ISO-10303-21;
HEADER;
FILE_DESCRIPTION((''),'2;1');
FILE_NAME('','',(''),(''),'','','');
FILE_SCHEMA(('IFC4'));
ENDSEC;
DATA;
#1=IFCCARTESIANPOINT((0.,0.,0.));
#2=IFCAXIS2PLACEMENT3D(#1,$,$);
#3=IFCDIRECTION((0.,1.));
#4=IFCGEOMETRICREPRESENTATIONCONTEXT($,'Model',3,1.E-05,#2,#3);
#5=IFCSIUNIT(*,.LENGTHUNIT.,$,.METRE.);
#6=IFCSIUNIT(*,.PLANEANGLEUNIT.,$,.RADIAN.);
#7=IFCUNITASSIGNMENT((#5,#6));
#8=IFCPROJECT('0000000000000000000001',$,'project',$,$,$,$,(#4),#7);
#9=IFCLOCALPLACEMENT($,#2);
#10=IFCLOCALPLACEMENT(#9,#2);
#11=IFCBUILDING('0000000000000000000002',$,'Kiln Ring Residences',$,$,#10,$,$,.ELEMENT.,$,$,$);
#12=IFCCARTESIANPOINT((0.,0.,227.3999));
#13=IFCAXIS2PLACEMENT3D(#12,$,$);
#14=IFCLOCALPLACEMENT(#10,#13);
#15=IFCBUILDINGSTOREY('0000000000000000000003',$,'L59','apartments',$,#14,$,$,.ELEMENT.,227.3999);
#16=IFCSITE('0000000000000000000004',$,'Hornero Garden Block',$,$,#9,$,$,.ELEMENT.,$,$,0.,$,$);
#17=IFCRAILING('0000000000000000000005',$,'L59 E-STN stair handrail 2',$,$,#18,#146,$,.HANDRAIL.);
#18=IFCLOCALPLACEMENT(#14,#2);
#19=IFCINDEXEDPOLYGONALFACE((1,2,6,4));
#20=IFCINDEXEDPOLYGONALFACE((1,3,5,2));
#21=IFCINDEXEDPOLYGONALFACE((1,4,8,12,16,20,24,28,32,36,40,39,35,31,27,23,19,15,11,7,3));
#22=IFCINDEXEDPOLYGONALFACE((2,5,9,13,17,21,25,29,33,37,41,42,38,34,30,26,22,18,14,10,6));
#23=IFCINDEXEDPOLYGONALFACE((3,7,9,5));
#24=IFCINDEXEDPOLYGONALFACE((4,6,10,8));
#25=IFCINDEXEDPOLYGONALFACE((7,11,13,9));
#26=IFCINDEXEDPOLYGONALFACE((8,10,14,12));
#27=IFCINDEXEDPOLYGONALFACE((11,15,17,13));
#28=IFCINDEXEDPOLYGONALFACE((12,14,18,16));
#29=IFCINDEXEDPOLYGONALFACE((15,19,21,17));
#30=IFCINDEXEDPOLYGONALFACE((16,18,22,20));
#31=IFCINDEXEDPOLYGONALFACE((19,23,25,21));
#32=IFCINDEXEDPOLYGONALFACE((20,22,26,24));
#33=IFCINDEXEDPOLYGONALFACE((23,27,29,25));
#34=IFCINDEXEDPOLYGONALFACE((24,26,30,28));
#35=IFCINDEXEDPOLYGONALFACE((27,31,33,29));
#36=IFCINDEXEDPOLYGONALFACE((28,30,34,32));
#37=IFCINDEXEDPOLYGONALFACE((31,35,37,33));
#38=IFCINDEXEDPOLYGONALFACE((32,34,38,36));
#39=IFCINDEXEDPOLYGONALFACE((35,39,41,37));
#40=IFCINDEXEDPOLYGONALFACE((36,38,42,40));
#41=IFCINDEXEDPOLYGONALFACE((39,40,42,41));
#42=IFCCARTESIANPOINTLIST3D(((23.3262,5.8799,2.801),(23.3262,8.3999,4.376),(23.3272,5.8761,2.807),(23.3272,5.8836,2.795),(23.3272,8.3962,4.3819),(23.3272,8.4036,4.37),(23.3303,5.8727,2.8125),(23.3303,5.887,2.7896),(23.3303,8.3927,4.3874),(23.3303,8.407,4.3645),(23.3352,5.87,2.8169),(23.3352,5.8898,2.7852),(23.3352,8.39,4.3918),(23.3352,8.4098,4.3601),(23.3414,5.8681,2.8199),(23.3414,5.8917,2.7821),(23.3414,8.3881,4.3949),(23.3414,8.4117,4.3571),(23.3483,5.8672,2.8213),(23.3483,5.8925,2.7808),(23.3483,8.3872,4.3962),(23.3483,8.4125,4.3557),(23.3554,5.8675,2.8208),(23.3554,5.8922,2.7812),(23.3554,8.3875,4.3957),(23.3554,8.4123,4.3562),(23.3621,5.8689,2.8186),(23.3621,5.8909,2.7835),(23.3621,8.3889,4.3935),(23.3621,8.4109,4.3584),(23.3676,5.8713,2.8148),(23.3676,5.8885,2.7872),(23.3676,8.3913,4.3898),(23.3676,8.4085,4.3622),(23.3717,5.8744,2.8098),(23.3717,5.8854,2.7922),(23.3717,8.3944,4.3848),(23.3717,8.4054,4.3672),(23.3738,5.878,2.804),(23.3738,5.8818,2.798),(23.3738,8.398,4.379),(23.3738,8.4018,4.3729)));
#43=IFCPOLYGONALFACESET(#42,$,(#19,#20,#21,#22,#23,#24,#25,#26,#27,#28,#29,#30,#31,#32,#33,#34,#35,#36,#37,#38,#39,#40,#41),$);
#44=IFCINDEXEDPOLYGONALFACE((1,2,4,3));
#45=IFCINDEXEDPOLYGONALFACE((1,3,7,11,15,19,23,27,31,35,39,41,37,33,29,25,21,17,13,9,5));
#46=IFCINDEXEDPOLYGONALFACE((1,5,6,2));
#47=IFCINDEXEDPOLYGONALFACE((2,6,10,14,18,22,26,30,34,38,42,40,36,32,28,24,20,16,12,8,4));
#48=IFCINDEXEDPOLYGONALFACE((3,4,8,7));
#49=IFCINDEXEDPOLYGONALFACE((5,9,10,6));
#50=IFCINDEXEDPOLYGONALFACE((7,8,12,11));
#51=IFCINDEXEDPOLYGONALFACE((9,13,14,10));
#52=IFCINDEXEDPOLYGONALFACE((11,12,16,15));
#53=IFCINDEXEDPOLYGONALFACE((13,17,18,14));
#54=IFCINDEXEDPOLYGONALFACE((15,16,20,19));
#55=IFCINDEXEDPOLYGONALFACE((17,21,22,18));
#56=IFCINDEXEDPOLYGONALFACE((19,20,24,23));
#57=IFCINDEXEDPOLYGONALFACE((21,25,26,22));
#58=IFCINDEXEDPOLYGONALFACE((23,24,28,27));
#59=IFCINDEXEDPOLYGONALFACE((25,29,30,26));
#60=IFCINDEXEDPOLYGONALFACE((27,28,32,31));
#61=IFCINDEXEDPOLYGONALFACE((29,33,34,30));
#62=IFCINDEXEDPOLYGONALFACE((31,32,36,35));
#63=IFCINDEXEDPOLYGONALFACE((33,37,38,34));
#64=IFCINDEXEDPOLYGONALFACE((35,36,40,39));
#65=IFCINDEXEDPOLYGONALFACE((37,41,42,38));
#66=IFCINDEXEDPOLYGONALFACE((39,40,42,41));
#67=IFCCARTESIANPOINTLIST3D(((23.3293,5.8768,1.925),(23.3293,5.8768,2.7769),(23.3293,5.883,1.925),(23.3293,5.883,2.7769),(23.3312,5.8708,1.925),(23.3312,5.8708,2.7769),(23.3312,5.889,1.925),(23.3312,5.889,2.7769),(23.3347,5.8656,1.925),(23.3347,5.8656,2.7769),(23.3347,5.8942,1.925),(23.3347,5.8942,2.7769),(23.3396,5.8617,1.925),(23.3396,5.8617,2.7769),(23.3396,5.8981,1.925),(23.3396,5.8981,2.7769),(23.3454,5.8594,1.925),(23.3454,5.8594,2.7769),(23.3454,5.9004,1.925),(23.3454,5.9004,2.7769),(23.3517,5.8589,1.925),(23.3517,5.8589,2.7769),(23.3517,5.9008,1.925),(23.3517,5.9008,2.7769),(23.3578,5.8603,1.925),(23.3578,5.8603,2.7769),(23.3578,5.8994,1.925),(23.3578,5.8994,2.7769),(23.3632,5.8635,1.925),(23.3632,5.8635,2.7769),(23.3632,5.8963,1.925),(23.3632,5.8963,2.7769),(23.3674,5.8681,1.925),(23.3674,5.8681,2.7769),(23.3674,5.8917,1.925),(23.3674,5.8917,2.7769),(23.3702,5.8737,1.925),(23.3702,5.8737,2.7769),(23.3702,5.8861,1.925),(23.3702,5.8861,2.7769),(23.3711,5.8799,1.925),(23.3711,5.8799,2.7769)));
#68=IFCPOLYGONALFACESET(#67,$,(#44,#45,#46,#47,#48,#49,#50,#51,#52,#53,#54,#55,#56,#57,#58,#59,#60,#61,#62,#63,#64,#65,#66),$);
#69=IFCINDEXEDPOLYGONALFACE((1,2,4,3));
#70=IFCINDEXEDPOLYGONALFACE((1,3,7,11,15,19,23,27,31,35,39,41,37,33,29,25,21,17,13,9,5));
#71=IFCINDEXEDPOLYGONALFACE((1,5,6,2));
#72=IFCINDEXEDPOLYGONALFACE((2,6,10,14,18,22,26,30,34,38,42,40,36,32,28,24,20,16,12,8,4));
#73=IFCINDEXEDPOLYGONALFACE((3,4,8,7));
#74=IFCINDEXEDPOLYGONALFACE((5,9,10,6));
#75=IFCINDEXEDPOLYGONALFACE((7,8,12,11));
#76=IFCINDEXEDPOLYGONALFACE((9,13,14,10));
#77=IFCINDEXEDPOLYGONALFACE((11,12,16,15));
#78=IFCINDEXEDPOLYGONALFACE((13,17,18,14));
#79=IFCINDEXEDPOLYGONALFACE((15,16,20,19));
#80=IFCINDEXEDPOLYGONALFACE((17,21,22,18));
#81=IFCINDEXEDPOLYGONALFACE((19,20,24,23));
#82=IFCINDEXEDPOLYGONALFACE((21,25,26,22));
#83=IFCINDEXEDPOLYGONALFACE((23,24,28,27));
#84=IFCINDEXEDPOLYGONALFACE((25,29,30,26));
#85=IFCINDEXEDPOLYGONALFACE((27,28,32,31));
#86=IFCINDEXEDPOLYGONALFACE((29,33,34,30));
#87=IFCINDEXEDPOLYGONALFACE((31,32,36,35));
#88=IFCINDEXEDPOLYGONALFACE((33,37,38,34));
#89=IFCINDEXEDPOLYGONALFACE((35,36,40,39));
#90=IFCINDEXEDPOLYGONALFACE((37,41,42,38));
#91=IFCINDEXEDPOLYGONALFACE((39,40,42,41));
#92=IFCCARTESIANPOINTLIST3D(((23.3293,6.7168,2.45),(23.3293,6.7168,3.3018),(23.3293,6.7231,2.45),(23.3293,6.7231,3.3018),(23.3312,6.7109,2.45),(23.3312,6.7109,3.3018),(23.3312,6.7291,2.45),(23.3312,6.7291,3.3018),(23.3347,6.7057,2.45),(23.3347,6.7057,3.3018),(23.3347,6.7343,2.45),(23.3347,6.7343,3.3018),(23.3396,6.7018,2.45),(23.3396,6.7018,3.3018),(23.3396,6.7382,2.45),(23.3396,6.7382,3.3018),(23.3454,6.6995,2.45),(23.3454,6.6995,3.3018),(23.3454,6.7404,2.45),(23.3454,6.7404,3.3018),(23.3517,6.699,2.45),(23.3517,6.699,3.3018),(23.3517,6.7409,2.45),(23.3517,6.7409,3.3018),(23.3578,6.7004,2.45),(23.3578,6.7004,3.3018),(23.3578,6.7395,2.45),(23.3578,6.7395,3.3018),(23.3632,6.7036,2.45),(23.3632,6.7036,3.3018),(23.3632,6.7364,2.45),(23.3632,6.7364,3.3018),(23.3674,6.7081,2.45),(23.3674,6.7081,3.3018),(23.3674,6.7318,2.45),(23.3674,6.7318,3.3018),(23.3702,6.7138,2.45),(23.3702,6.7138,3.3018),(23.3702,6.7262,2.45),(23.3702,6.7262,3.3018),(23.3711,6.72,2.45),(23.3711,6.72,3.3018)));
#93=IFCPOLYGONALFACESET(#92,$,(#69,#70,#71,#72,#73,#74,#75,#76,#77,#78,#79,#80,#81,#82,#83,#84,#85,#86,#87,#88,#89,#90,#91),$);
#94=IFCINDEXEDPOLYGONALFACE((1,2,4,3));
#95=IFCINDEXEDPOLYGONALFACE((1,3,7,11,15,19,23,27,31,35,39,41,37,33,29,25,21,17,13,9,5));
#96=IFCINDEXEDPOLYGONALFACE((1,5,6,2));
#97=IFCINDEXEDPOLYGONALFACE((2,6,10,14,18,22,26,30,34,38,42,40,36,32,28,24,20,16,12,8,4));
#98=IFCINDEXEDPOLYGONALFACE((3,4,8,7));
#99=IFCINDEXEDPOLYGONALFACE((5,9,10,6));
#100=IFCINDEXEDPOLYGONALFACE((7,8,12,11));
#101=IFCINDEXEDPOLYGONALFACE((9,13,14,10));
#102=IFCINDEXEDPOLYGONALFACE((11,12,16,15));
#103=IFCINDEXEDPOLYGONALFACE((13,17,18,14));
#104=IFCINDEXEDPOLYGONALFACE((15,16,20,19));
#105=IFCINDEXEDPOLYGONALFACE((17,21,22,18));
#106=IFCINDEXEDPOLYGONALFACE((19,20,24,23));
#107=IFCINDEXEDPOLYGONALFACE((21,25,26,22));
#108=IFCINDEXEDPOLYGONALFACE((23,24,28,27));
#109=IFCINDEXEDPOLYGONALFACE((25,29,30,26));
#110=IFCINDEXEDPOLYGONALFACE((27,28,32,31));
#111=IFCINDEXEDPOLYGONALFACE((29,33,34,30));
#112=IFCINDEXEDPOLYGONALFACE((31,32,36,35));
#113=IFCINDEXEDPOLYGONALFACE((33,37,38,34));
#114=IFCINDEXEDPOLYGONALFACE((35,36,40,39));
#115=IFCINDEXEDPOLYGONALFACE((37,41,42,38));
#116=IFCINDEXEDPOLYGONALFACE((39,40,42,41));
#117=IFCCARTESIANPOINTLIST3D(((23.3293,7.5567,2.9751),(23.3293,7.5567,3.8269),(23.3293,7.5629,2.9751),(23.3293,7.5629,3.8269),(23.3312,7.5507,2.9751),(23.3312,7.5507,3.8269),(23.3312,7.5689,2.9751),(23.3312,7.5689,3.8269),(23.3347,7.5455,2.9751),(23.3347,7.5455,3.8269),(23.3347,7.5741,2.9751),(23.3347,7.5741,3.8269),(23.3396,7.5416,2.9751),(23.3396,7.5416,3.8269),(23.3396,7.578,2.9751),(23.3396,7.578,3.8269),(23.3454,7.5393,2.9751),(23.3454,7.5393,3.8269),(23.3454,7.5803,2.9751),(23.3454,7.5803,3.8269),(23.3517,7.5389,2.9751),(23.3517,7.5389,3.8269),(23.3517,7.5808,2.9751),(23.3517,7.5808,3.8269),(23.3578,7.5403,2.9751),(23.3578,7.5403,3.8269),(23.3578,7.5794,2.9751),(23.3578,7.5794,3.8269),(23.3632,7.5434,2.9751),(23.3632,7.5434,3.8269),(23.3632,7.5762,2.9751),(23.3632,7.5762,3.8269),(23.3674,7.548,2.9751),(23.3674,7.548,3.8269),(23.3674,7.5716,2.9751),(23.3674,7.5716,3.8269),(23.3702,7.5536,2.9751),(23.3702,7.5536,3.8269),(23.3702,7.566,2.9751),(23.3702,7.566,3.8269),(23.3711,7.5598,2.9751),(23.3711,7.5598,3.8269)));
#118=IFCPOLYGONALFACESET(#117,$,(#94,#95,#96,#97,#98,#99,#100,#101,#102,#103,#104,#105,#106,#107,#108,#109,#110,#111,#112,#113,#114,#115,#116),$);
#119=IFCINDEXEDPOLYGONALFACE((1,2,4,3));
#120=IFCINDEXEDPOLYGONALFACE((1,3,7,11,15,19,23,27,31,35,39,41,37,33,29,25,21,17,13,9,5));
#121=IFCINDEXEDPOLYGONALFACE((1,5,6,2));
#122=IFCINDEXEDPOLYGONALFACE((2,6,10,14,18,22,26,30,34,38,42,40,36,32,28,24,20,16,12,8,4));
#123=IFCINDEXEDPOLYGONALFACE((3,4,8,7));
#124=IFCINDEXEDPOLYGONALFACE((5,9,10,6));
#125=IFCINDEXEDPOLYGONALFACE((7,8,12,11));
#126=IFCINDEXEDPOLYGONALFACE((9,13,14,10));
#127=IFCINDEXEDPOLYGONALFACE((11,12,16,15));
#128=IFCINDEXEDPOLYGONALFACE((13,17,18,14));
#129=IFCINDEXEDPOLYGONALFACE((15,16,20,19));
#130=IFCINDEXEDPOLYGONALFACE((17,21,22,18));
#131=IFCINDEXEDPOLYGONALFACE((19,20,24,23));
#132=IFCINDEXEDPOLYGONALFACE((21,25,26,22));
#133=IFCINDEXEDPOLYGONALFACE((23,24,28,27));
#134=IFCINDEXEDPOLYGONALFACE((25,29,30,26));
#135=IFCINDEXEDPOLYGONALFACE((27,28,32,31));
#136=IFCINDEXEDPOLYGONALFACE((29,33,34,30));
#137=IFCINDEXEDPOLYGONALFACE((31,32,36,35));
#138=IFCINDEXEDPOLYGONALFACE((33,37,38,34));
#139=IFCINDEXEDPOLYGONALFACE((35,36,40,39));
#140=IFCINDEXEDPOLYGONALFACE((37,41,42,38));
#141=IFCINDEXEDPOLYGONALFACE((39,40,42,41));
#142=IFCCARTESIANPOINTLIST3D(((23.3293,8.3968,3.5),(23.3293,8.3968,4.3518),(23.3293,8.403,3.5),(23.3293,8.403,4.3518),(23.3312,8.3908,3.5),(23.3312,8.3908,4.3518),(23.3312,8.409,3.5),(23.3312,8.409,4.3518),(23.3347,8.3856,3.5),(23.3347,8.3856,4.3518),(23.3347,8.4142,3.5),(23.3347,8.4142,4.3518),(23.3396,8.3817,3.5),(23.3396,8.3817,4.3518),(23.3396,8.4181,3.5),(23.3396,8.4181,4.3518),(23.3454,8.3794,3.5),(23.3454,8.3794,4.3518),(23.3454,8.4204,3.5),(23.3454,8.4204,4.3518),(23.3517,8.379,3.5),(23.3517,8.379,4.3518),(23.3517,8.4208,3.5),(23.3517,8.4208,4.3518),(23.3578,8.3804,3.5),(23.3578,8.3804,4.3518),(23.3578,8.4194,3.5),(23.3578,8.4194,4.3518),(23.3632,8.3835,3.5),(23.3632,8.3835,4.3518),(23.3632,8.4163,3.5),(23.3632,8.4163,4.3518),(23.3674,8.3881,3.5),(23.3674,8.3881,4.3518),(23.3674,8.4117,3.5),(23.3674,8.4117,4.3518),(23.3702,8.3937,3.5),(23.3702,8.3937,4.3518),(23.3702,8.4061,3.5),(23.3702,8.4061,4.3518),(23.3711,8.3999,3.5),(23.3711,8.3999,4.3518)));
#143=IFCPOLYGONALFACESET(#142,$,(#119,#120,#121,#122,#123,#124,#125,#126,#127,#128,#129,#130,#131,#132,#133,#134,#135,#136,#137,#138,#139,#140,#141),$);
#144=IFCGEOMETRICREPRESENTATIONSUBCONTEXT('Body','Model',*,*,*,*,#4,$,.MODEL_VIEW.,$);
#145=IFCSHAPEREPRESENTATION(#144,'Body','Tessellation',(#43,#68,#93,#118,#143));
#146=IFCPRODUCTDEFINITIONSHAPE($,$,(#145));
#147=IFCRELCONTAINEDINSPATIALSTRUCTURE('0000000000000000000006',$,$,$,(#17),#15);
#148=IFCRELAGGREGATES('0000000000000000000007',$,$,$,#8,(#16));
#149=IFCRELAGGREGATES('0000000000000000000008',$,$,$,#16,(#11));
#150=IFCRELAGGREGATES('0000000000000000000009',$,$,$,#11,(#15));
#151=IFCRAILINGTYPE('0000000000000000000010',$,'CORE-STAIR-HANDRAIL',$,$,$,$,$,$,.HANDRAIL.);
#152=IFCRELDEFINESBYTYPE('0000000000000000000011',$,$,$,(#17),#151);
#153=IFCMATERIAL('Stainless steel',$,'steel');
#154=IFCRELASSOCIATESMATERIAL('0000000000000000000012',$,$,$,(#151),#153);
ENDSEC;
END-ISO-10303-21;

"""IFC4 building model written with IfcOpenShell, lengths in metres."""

from ifc_helpers import new_model, si_unit, direction, frame, origin, origin_2d, place, context, subcontext, project, spatial, circle, extrude, material, type_object, element, save


model = new_model("IFC4")

# Units and contexts
model_context = context("Model", 3, precision=1e-05, world=origin(), true_north=direction((0.0, 1.0)))
body_context = subcontext(model_context, "Body", "Model", "MODEL_VIEW")
ifc_project = project(units=[si_unit("LENGTHUNIT", "METRE"), si_unit("PLANEANGLEUNIT", "RADIAN")], contexts=[model_context])

# Site, building, storey
site_placement = place(None, origin())
site = spatial("IfcSite", under=ifc_project, at=site_placement, Name="Hornero Garden Block", CompositionType="ELEMENT", RefElevation=0.0)
building_placement = place(site_placement, origin())
building = spatial("IfcBuilding", under=site, at=building_placement, Name="Kiln Ring Residences", CompositionType="ELEMENT")
storey_placement = place(building_placement, frame((0.0, 0.0, 227.3999)))
storey = spatial("IfcBuildingStorey", under=building, at=storey_placement, Name="L59", Description="apartments", CompositionType="ELEMENT", Elevation=227.3999)

# Railing
ifc_material_1 = material(Name="Stainless steel", Category="steel")
railing_type_1 = type_object("IfcRailingType", Name="CORE-STAIR-HANDRAIL", PredefinedType="HANDRAIL", material=ifc_material_1)
railing_1_placement = place(storey_placement, frame((23.3501, 5.8799, 1.925)))
element("IfcRailing", 1, at=railing_1_placement, inside=storey, type_object=railing_type_1, Name="L59 E-STN stair handrail 2", PredefinedType="HANDRAIL", context=body_context, shape_type="SweptSolid", body=[
    extrude(circle(Radius=0.0239, at=origin_2d()), frame((0.0, 0.0, 0.876), z_axis=(0.0, 0.848008, 0.529984), x_axis=(-1.0, 0.0, 0.0)), (0.0, 0.0, 1.0), 2.9717),
    extrude(circle(Radius=0.021, at=origin_2d()), origin(), (0.0, 0.0, 1.0), 0.8518),
    extrude(circle(Radius=0.021, at=origin_2d()), frame((0.0, 0.8401, 0.5249)), (0.0, 0.0, 1.0), 0.8518),
    extrude(circle(Radius=0.021, at=origin_2d()), frame((0.0, 1.6799, 1.05)), (0.0, 0.0, 1.0), 0.8518),
    extrude(circle(Radius=0.021, at=origin_2d()), frame((0.0, 2.52, 1.575)), (0.0, 0.0, 1.0), 0.8518),
])

save(model, "model.ifc")
